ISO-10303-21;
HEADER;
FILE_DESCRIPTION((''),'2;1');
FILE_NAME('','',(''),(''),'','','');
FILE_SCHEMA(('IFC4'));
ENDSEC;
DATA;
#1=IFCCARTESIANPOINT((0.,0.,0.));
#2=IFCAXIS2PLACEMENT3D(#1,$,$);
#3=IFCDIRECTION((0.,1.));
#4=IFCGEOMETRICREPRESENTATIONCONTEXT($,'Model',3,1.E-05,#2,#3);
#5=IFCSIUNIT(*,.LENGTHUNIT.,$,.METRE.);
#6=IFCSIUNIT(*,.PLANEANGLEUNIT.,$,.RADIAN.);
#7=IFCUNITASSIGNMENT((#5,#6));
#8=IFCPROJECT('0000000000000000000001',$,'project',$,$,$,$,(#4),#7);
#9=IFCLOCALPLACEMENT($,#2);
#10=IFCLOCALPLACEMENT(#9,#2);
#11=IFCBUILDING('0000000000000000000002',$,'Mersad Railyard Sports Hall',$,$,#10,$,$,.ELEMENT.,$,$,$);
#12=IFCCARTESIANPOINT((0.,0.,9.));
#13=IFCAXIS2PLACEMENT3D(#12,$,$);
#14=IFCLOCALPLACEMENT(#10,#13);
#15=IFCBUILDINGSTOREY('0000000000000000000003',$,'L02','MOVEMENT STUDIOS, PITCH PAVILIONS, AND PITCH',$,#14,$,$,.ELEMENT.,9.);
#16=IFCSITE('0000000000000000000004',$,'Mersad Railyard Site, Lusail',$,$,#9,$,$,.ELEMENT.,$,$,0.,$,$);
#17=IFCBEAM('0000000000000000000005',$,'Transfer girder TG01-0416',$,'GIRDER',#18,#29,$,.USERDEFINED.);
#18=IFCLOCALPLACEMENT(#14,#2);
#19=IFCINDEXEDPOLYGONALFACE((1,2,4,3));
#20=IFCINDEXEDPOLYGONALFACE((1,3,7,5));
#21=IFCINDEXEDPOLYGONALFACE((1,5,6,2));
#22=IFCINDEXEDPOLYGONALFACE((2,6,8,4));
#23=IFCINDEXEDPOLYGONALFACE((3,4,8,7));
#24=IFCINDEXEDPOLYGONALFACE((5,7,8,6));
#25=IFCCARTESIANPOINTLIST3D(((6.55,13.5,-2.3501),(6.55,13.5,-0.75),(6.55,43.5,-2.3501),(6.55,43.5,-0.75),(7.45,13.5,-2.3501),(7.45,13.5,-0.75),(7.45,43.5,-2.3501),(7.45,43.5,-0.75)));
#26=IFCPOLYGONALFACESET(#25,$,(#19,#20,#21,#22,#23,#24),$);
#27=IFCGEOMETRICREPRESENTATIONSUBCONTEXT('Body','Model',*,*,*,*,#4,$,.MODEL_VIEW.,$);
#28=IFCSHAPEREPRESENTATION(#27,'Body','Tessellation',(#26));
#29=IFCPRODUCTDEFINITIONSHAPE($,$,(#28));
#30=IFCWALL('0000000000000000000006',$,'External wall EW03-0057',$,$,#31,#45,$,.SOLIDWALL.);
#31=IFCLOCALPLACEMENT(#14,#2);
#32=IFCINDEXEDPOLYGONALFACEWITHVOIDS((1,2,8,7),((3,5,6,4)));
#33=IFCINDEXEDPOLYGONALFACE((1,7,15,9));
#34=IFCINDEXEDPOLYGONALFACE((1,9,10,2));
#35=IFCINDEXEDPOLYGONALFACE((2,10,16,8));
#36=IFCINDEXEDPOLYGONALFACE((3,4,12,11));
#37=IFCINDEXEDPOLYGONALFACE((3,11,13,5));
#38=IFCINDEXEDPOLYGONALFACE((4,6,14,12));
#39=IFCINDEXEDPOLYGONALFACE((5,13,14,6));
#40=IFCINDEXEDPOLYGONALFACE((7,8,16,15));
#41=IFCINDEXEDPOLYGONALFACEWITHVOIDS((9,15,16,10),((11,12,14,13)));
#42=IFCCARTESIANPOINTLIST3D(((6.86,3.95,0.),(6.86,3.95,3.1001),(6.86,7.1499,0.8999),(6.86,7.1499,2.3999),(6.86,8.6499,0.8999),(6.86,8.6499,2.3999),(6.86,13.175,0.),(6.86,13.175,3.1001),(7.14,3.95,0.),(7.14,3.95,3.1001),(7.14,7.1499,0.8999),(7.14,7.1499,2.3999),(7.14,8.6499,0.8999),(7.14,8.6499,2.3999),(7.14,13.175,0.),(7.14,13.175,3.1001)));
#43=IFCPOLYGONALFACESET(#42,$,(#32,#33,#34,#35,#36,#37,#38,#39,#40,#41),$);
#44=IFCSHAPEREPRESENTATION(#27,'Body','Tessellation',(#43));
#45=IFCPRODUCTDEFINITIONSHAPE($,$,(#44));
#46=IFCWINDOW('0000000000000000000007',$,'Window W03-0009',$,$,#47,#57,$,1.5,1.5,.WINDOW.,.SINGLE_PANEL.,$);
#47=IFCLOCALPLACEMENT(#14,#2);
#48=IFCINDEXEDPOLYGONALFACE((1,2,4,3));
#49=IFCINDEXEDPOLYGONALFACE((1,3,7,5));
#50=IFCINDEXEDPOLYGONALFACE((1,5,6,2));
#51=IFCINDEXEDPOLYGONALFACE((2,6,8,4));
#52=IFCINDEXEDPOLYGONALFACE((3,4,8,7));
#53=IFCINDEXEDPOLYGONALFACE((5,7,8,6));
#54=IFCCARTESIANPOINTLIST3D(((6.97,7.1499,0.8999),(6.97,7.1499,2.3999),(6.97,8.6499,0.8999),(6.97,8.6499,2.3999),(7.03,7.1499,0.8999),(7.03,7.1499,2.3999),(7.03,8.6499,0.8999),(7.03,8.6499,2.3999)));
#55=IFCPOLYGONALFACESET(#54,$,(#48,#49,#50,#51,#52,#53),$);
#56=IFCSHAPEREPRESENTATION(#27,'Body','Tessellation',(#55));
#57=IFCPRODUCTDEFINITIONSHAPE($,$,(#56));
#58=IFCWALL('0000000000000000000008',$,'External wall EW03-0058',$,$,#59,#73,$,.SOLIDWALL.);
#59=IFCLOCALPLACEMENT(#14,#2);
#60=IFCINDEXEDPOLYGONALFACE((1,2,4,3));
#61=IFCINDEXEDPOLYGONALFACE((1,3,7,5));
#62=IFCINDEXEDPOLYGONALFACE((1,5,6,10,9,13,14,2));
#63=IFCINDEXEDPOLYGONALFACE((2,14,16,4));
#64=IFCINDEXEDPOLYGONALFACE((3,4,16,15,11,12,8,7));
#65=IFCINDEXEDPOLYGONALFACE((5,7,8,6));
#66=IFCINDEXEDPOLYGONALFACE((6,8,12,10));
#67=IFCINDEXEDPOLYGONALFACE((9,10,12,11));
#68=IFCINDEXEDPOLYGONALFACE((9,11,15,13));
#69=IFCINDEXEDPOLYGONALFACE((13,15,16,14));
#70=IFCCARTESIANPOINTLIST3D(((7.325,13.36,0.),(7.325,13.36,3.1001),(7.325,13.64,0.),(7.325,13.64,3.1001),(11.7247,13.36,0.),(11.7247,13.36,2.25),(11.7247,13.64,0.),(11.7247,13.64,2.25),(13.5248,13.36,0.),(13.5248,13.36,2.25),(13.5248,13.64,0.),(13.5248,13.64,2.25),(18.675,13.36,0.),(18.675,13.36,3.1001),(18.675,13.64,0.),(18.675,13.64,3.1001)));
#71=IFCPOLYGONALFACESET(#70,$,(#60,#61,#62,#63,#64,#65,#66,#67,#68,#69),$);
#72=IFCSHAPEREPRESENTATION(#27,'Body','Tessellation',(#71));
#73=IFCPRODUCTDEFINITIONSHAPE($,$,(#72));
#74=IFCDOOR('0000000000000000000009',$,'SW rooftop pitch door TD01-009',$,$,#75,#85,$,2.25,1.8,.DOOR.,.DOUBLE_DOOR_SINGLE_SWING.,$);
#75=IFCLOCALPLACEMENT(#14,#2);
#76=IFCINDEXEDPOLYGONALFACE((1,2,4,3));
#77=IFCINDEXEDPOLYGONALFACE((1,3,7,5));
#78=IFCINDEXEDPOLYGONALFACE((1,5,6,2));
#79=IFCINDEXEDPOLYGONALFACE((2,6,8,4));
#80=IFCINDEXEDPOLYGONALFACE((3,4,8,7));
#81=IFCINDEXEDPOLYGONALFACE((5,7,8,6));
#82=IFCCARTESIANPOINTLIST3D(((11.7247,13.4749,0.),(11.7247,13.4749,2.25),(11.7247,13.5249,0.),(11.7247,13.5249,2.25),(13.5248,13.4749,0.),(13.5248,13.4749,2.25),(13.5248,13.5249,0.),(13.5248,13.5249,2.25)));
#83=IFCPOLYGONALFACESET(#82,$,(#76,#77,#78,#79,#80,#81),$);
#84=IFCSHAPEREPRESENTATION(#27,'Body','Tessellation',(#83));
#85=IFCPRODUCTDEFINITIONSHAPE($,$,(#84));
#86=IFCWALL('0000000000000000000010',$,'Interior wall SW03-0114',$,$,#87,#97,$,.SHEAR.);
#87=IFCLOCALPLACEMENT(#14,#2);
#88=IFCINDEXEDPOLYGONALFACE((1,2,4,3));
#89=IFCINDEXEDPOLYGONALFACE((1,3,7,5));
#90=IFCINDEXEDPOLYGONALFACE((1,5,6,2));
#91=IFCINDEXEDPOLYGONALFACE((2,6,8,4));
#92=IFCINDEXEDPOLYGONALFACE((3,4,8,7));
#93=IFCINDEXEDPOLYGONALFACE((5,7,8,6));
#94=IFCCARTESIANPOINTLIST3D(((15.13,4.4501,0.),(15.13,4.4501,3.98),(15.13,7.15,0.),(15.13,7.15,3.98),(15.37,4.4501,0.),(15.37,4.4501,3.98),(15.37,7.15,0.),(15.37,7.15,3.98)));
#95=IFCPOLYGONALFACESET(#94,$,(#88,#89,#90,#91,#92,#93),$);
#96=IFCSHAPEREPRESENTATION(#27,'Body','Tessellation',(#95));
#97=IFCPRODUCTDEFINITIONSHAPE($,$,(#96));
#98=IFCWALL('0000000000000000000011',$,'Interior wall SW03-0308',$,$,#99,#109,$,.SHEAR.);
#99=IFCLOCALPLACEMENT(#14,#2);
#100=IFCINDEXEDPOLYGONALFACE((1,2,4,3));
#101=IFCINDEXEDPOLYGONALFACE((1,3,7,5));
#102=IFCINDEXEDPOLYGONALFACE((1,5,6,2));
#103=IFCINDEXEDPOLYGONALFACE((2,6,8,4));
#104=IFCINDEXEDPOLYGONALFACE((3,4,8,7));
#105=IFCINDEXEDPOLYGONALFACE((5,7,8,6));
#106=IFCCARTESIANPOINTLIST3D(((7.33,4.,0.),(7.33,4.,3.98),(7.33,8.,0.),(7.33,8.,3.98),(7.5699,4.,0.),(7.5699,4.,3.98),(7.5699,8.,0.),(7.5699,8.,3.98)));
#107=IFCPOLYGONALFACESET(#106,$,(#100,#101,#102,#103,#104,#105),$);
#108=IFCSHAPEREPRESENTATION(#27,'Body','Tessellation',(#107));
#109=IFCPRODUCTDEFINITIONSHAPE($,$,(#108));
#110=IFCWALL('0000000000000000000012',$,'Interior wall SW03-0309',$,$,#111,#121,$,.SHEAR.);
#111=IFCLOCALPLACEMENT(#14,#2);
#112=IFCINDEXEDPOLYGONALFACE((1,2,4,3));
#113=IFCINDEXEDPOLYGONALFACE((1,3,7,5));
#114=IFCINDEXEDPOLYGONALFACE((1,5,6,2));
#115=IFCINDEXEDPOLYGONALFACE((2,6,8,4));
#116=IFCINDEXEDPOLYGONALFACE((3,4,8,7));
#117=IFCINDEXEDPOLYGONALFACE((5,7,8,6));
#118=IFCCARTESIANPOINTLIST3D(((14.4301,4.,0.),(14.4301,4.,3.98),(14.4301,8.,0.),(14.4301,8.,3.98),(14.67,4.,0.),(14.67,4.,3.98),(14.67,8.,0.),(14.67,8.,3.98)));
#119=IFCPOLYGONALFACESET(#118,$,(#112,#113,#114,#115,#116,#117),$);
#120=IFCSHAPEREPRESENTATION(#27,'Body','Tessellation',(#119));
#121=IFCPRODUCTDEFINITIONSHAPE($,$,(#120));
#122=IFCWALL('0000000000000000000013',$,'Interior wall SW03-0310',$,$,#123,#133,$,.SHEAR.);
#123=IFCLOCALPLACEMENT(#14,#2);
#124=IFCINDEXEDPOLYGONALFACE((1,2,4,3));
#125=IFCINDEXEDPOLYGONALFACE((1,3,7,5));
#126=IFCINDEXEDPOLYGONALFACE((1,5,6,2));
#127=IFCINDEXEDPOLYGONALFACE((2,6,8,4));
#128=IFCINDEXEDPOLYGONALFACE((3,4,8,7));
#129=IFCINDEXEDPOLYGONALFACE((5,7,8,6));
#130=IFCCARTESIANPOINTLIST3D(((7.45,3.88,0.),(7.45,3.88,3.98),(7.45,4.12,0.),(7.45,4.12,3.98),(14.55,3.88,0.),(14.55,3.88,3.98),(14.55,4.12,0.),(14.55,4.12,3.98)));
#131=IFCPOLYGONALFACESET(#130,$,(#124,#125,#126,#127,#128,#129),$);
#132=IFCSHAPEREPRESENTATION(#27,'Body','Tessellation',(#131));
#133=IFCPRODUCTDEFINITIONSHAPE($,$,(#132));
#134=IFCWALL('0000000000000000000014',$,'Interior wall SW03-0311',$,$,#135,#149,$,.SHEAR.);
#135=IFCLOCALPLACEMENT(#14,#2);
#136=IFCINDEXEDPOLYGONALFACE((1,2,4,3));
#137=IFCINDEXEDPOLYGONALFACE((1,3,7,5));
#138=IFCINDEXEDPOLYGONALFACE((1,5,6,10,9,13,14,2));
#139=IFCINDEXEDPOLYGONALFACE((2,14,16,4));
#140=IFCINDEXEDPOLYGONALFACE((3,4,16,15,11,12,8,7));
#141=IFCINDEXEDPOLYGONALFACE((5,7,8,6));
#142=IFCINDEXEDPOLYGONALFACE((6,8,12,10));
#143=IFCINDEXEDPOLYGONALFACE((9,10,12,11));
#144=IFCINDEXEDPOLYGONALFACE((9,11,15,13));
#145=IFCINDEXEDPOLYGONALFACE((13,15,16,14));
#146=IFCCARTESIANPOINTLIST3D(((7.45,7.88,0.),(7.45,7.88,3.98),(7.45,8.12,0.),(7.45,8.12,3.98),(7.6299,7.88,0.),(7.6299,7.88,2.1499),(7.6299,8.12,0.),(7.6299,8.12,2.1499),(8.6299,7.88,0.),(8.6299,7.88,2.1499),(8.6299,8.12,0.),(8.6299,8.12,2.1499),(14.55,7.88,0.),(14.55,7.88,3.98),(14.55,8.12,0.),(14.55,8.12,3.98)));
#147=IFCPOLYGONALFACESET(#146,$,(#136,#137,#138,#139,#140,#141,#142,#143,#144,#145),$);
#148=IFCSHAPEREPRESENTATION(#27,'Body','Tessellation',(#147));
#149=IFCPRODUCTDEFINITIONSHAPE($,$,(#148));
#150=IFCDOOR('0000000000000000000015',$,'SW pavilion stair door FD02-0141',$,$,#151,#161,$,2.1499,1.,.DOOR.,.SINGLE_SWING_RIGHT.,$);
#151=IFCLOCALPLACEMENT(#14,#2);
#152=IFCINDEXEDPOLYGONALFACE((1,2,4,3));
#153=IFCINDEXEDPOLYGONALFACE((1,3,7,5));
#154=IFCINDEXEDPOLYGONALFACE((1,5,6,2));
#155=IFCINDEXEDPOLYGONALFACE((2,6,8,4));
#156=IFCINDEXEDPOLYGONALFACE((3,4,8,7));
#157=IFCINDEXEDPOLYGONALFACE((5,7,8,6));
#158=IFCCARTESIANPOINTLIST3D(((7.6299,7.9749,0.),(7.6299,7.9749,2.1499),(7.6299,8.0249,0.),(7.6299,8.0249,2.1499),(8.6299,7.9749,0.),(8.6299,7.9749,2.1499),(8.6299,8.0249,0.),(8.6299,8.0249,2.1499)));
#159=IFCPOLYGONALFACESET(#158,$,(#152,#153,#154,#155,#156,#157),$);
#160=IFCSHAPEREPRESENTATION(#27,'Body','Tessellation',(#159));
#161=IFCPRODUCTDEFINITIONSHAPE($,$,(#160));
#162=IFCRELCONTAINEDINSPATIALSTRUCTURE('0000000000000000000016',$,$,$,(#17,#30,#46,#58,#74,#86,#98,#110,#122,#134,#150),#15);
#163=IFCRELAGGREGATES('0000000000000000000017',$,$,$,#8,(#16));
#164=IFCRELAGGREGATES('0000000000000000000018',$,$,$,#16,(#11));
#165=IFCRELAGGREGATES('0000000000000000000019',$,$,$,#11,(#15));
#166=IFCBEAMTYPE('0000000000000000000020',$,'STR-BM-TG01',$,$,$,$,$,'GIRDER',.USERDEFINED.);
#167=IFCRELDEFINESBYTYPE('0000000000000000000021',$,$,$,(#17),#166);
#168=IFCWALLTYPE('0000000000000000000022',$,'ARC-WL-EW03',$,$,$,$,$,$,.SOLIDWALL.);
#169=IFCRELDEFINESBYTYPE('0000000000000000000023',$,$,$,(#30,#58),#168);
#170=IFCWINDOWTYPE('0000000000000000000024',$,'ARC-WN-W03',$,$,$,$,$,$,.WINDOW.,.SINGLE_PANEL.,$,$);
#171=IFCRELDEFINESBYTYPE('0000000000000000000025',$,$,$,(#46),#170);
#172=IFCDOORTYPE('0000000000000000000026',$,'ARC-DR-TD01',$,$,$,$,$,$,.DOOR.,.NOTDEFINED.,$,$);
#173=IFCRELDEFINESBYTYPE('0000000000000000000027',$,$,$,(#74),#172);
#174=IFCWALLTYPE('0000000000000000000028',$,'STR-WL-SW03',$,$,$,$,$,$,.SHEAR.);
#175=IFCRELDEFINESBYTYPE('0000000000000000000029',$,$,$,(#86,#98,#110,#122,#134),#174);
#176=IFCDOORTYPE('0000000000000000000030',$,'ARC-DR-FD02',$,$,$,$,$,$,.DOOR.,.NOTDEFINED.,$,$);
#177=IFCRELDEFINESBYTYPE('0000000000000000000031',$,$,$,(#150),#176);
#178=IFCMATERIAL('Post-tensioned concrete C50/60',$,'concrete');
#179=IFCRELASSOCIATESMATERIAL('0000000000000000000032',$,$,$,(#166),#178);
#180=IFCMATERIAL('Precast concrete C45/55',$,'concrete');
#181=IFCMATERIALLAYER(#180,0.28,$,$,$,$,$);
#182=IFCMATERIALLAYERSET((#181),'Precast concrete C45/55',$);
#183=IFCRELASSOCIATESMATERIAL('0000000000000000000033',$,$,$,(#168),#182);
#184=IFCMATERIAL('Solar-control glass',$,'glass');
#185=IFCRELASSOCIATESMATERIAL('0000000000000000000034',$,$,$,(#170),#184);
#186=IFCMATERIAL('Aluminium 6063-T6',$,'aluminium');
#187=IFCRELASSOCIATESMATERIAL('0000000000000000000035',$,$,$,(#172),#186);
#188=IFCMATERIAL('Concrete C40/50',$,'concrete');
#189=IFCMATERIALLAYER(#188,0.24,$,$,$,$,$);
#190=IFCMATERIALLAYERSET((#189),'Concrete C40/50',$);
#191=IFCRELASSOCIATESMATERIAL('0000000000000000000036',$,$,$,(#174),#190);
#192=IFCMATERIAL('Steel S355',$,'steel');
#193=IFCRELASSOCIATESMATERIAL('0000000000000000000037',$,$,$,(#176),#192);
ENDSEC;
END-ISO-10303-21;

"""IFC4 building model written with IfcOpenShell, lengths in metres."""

from ifc_helpers import new_model, si_unit, direction, frame, frame_2d, origin, origin_2d, place, context, subcontext, project, spatial, rectangle, extrude, material, layer, layer_set, material_profile, profile_set, type_object, element, fill, save


model = new_model("IFC4")

# Units and contexts
model_context = context("Model", 3, precision=1e-05, world=origin(), true_north=direction((0.0, 1.0)))
body_context = subcontext(model_context, "Body", "Model", "MODEL_VIEW")
ifc_project = project(units=[si_unit("LENGTHUNIT", "METRE"), si_unit("PLANEANGLEUNIT", "RADIAN")], contexts=[model_context])

# Site, building, storey
site_placement = place(None, origin())
site = spatial("IfcSite", under=ifc_project, at=site_placement, Name="Mersad Railyard Site, Lusail", CompositionType="ELEMENT", RefElevation=0.0)
building_placement = place(site_placement, origin())
building = spatial("IfcBuilding", under=site, at=building_placement, Name="Mersad Railyard Sports Hall", CompositionType="ELEMENT")
storey_placement = place(building_placement, frame((0.0, 0.0, 9.0)))
storey = spatial("IfcBuildingStorey", under=building, at=storey_placement, Name="L02", Description="MOVEMENT STUDIOS, PITCH PAVILIONS, AND PITCH", CompositionType="ELEMENT", Elevation=9.0)

# Shared definitions
ifc_material_1 = material(Name="Concrete C40/50", Category="concrete")

# Shared definitions
ifc_material_2 = material(Name="Aluminium 6063-T6", Category="aluminium")

# Beam
ifc_material_3 = material(Name="Steel S355", Category="steel")
ifc_material_4 = material(Name="Post-tensioned concrete C50/60", Category="concrete")
ifc_material_profile_1 = material_profile(ifc_material_4, rectangle(XDim=0.8999, YDim=1.6001, at=origin_2d()), Name="PT 900x1600")
ifc_profile_set_1 = profile_set([ifc_material_profile_1], Name="Post-tensioned concrete C50/60")
beam_type_1 = type_object("IfcBeamType", Name="STR-BM-TG01", ElementType="GIRDER", PredefinedType="USERDEFINED", material=ifc_profile_set_1)
beam_1_placement = place(storey_placement, frame((7.0, 13.5, -1.55), z_axis=(0.0, 1.0, 0.0), x_axis=(-1.0, 0.0, 0.0)))
element("IfcBeam", 1, at=beam_1_placement, inside=storey, type_object=beam_type_1, Name="Transfer girder TG01-0416", ObjectType="GIRDER", PredefinedType="USERDEFINED", context=body_context, shape_type="SweptSolid", body=[
    extrude(rectangle(XDim=0.8999, YDim=1.6001, at=origin_2d()), origin(), (0.0, 0.0, 1.0), 30.0),
])

# Wall, opening, window
ifc_material_5 = material(Name="Precast concrete C45/55", Category="concrete")
ifc_layer_1 = layer(ifc_material_5, 0.28)
ifc_layer_set_1 = layer_set([ifc_layer_1], Name="Precast concrete C45/55")
wall_type_1 = type_object("IfcWallType", Name="ARC-WL-EW03", PredefinedType="SOLIDWALL", material=ifc_layer_set_1)
wall_1_placement = place(storey_placement, frame((7.0, 3.95, 0.0), z_axis=(0.0, 0.0, 1.0), x_axis=(0.0, 1.0, 0.0)))
wall_1 = element("IfcWall", 2, at=wall_1_placement, inside=storey, type_object=wall_type_1, Name="External wall EW03-0057", PredefinedType="SOLIDWALL", context=body_context, shape_type="SweptSolid", body=[
    extrude(rectangle(XDim=9.2251, YDim=0.28, at=frame_2d((4.6125, 0.0))), origin(), (0.0, 0.0, 1.0), 3.1001),
])
opening_1_placement = place(wall_1_placement, frame((3.2, 0.0, 0.8999)))
opening_1 = element("IfcOpeningElement", 3, at=opening_1_placement, cuts=wall_1, PredefinedType="OPENING", context=body_context, shape_type="SweptSolid", body=[
    extrude(rectangle(XDim=1.5, YDim=1.5, at=frame_2d((0.75, 0.75))), frame((0.0, 0.1499, 0.0), z_axis=(0.0, -1.0, 0.0), x_axis=(1.0, 0.0, 0.0)), (0.0, 0.0, 1.0), 0.3),
])
ifc_material_6 = material(Name="Solar-control glass", Category="glass")
window_type = type_object("IfcWindowType", Name="ARC-WN-W03", PartitioningType="SINGLE_PANEL", PredefinedType="WINDOW", material=ifc_material_6)
window_placement = place(opening_1_placement, origin())
window = element("IfcWindow", 4, at=window_placement, inside=storey, type_object=window_type, Name="Window W03-0009", OverallHeight=1.5, OverallWidth=1.5, PartitioningType="SINGLE_PANEL", PredefinedType="WINDOW", context=body_context, shape_type="SweptSolid", body=[
    extrude(rectangle(XDim=1.5, YDim=1.5, at=frame_2d((0.75, 0.75))), frame((0.0, 0.03, 0.0), z_axis=(0.0, -1.0, 0.0), x_axis=(1.0, 0.0, 0.0)), (0.0, 0.0, 1.0), 0.0601),
])
fill(opening_1, window)

# Wall, opening, door
wall_2_placement = place(storey_placement, frame((7.325, 13.5, 0.0), z_axis=(0.0, 0.0, 1.0), x_axis=(1.0, 0.0, 0.0)))
wall_2 = element("IfcWall", 5, at=wall_2_placement, inside=storey, type_object=wall_type_1, Name="External wall EW03-0058", PredefinedType="SOLIDWALL", context=body_context, shape_type="SweptSolid", body=[
    extrude(rectangle(XDim=11.3501, YDim=0.28, at=frame_2d((5.675, 0.0))), origin(), (0.0, 0.0, 1.0), 3.1001),
])
opening_2_placement = place(wall_2_placement, frame((4.3999, 0.0, 0.0)))
opening_2 = element("IfcOpeningElement", 6, at=opening_2_placement, cuts=wall_2, PredefinedType="OPENING", context=body_context, shape_type="SweptSolid", body=[
    extrude(rectangle(XDim=1.8, YDim=2.25, at=frame_2d((0.8999, 1.125))), frame((0.0, 0.1499, 0.0), z_axis=(0.0, -1.0, 0.0), x_axis=(1.0, 0.0, 0.0)), (0.0, 0.0, 1.0), 0.3),
])
door_type_1 = type_object("IfcDoorType", Name="ARC-DR-TD01", OperationType="NOTDEFINED", PredefinedType="DOOR", material=ifc_material_2)
door_1_placement = place(opening_2_placement, origin())
door_1 = element("IfcDoor", 7, at=door_1_placement, inside=storey, type_object=door_type_1, Name="SW rooftop pitch door TD01-009", OperationType="DOUBLE_DOOR_SINGLE_SWING", OverallHeight=2.25, OverallWidth=1.8, PredefinedType="DOOR", context=body_context, shape_type="SweptSolid", body=[
    extrude(rectangle(XDim=1.8, YDim=2.25, at=frame_2d((0.8999, 1.125))), frame((0.0, 0.0249, 0.0), z_axis=(0.0, -1.0, 0.0), x_axis=(1.0, 0.0, 0.0)), (0.0, 0.0, 1.0), 0.05),
])
fill(opening_2, door_1)

# Wall
ifc_layer_2 = layer(ifc_material_1, 0.24)
ifc_layer_set_2 = layer_set([ifc_layer_2], Name="Concrete C40/50")
wall_type_2 = type_object("IfcWallType", Name="STR-WL-SW03", PredefinedType="SHEAR", material=ifc_layer_set_2)
wall_3_placement = place(storey_placement, frame((15.25, 4.45, 0.0), z_axis=(0.0, 0.0, 1.0), x_axis=(0.0, 1.0, 0.0)))
element("IfcWall", 8, at=wall_3_placement, inside=storey, type_object=wall_type_2, Name="Interior wall SW03-0114", PredefinedType="SHEAR", context=body_context, shape_type="SweptSolid", body=[
    extrude(rectangle(XDim=2.7, YDim=0.24, at=frame_2d((1.3501, 0.0))), origin(), (0.0, 0.0, 1.0), 3.98),
])

# Walls
for number, where, z_axis, x_axis, name in (
    (9, (7.45, 4.0, 0.0), (0.0, 0.0, 1.0), (0.0, 1.0, 0.0), "Interior wall SW03-0308"),
    (10, (14.55, 4.0, 0.0), (0.0, 0.0, 1.0), (0.0, 1.0, 0.0), "Interior wall SW03-0309"),
):
    element("IfcWall", number, at=place(storey_placement, frame(where, z_axis=z_axis, x_axis=x_axis)), inside=storey, type_object=wall_type_2, Name=name, PredefinedType="SHEAR", context=body_context, shape_type="SweptSolid", body=[
        extrude(rectangle(XDim=4.0, YDim=0.24, at=frame_2d((2.0, 0.0))), origin(), (0.0, 0.0, 1.0), 3.98),
    ])
wall_4_placement = place(storey_placement, frame((7.45, 4.0, 0.0), z_axis=(0.0, 0.0, 1.0), x_axis=(1.0, 0.0, 0.0)))
element("IfcWall", 11, at=wall_4_placement, inside=storey, type_object=wall_type_2, Name="Interior wall SW03-0310", PredefinedType="SHEAR", context=body_context, shape_type="SweptSolid", body=[
    extrude(rectangle(XDim=7.1001, YDim=0.24, at=frame_2d((3.55, 0.0))), origin(), (0.0, 0.0, 1.0), 3.98),
])

# Wall, opening, door
wall_5_placement = place(storey_placement, frame((7.45, 8.0, 0.0), z_axis=(0.0, 0.0, 1.0), x_axis=(1.0, 0.0, 0.0)))
wall_5 = element("IfcWall", 12, at=wall_5_placement, inside=storey, type_object=wall_type_2, Name="Interior wall SW03-0311", PredefinedType="SHEAR", context=body_context, shape_type="SweptSolid", body=[
    extrude(rectangle(XDim=7.1001, YDim=0.24, at=frame_2d((3.55, 0.0))), origin(), (0.0, 0.0, 1.0), 3.98),
])
opening_3_placement = place(wall_5_placement, frame((0.1799, 0.0, 0.0)))
opening_3 = element("IfcOpeningElement", 13, at=opening_3_placement, cuts=wall_5, PredefinedType="OPENING", context=body_context, shape_type="SweptSolid", body=[
    extrude(rectangle(XDim=1.0, YDim=2.1499, at=frame_2d((0.5, 1.075))), frame((0.0, 0.1299, 0.0), z_axis=(0.0, -1.0, 0.0), x_axis=(1.0, 0.0, 0.0)), (0.0, 0.0, 1.0), 0.26),
])
door_type_2 = type_object("IfcDoorType", Name="ARC-DR-FD02", OperationType="NOTDEFINED", PredefinedType="DOOR", material=ifc_material_3)
door_2_placement = place(opening_3_placement, origin())
door_2 = element("IfcDoor", 14, at=door_2_placement, inside=storey, type_object=door_type_2, Name="SW pavilion stair door FD02-0141", OperationType="SINGLE_SWING_RIGHT", OverallHeight=2.1499, OverallWidth=1.0, PredefinedType="DOOR", context=body_context, shape_type="SweptSolid", body=[
    extrude(rectangle(XDim=1.0, YDim=2.1499, at=frame_2d((0.5, 1.075))), frame((0.0, 0.0249, 0.0), z_axis=(0.0, -1.0, 0.0), x_axis=(1.0, 0.0, 0.0)), (0.0, 0.0, 1.0), 0.05),
])
fill(opening_3, door_2)

save(model, "model.ifc")
